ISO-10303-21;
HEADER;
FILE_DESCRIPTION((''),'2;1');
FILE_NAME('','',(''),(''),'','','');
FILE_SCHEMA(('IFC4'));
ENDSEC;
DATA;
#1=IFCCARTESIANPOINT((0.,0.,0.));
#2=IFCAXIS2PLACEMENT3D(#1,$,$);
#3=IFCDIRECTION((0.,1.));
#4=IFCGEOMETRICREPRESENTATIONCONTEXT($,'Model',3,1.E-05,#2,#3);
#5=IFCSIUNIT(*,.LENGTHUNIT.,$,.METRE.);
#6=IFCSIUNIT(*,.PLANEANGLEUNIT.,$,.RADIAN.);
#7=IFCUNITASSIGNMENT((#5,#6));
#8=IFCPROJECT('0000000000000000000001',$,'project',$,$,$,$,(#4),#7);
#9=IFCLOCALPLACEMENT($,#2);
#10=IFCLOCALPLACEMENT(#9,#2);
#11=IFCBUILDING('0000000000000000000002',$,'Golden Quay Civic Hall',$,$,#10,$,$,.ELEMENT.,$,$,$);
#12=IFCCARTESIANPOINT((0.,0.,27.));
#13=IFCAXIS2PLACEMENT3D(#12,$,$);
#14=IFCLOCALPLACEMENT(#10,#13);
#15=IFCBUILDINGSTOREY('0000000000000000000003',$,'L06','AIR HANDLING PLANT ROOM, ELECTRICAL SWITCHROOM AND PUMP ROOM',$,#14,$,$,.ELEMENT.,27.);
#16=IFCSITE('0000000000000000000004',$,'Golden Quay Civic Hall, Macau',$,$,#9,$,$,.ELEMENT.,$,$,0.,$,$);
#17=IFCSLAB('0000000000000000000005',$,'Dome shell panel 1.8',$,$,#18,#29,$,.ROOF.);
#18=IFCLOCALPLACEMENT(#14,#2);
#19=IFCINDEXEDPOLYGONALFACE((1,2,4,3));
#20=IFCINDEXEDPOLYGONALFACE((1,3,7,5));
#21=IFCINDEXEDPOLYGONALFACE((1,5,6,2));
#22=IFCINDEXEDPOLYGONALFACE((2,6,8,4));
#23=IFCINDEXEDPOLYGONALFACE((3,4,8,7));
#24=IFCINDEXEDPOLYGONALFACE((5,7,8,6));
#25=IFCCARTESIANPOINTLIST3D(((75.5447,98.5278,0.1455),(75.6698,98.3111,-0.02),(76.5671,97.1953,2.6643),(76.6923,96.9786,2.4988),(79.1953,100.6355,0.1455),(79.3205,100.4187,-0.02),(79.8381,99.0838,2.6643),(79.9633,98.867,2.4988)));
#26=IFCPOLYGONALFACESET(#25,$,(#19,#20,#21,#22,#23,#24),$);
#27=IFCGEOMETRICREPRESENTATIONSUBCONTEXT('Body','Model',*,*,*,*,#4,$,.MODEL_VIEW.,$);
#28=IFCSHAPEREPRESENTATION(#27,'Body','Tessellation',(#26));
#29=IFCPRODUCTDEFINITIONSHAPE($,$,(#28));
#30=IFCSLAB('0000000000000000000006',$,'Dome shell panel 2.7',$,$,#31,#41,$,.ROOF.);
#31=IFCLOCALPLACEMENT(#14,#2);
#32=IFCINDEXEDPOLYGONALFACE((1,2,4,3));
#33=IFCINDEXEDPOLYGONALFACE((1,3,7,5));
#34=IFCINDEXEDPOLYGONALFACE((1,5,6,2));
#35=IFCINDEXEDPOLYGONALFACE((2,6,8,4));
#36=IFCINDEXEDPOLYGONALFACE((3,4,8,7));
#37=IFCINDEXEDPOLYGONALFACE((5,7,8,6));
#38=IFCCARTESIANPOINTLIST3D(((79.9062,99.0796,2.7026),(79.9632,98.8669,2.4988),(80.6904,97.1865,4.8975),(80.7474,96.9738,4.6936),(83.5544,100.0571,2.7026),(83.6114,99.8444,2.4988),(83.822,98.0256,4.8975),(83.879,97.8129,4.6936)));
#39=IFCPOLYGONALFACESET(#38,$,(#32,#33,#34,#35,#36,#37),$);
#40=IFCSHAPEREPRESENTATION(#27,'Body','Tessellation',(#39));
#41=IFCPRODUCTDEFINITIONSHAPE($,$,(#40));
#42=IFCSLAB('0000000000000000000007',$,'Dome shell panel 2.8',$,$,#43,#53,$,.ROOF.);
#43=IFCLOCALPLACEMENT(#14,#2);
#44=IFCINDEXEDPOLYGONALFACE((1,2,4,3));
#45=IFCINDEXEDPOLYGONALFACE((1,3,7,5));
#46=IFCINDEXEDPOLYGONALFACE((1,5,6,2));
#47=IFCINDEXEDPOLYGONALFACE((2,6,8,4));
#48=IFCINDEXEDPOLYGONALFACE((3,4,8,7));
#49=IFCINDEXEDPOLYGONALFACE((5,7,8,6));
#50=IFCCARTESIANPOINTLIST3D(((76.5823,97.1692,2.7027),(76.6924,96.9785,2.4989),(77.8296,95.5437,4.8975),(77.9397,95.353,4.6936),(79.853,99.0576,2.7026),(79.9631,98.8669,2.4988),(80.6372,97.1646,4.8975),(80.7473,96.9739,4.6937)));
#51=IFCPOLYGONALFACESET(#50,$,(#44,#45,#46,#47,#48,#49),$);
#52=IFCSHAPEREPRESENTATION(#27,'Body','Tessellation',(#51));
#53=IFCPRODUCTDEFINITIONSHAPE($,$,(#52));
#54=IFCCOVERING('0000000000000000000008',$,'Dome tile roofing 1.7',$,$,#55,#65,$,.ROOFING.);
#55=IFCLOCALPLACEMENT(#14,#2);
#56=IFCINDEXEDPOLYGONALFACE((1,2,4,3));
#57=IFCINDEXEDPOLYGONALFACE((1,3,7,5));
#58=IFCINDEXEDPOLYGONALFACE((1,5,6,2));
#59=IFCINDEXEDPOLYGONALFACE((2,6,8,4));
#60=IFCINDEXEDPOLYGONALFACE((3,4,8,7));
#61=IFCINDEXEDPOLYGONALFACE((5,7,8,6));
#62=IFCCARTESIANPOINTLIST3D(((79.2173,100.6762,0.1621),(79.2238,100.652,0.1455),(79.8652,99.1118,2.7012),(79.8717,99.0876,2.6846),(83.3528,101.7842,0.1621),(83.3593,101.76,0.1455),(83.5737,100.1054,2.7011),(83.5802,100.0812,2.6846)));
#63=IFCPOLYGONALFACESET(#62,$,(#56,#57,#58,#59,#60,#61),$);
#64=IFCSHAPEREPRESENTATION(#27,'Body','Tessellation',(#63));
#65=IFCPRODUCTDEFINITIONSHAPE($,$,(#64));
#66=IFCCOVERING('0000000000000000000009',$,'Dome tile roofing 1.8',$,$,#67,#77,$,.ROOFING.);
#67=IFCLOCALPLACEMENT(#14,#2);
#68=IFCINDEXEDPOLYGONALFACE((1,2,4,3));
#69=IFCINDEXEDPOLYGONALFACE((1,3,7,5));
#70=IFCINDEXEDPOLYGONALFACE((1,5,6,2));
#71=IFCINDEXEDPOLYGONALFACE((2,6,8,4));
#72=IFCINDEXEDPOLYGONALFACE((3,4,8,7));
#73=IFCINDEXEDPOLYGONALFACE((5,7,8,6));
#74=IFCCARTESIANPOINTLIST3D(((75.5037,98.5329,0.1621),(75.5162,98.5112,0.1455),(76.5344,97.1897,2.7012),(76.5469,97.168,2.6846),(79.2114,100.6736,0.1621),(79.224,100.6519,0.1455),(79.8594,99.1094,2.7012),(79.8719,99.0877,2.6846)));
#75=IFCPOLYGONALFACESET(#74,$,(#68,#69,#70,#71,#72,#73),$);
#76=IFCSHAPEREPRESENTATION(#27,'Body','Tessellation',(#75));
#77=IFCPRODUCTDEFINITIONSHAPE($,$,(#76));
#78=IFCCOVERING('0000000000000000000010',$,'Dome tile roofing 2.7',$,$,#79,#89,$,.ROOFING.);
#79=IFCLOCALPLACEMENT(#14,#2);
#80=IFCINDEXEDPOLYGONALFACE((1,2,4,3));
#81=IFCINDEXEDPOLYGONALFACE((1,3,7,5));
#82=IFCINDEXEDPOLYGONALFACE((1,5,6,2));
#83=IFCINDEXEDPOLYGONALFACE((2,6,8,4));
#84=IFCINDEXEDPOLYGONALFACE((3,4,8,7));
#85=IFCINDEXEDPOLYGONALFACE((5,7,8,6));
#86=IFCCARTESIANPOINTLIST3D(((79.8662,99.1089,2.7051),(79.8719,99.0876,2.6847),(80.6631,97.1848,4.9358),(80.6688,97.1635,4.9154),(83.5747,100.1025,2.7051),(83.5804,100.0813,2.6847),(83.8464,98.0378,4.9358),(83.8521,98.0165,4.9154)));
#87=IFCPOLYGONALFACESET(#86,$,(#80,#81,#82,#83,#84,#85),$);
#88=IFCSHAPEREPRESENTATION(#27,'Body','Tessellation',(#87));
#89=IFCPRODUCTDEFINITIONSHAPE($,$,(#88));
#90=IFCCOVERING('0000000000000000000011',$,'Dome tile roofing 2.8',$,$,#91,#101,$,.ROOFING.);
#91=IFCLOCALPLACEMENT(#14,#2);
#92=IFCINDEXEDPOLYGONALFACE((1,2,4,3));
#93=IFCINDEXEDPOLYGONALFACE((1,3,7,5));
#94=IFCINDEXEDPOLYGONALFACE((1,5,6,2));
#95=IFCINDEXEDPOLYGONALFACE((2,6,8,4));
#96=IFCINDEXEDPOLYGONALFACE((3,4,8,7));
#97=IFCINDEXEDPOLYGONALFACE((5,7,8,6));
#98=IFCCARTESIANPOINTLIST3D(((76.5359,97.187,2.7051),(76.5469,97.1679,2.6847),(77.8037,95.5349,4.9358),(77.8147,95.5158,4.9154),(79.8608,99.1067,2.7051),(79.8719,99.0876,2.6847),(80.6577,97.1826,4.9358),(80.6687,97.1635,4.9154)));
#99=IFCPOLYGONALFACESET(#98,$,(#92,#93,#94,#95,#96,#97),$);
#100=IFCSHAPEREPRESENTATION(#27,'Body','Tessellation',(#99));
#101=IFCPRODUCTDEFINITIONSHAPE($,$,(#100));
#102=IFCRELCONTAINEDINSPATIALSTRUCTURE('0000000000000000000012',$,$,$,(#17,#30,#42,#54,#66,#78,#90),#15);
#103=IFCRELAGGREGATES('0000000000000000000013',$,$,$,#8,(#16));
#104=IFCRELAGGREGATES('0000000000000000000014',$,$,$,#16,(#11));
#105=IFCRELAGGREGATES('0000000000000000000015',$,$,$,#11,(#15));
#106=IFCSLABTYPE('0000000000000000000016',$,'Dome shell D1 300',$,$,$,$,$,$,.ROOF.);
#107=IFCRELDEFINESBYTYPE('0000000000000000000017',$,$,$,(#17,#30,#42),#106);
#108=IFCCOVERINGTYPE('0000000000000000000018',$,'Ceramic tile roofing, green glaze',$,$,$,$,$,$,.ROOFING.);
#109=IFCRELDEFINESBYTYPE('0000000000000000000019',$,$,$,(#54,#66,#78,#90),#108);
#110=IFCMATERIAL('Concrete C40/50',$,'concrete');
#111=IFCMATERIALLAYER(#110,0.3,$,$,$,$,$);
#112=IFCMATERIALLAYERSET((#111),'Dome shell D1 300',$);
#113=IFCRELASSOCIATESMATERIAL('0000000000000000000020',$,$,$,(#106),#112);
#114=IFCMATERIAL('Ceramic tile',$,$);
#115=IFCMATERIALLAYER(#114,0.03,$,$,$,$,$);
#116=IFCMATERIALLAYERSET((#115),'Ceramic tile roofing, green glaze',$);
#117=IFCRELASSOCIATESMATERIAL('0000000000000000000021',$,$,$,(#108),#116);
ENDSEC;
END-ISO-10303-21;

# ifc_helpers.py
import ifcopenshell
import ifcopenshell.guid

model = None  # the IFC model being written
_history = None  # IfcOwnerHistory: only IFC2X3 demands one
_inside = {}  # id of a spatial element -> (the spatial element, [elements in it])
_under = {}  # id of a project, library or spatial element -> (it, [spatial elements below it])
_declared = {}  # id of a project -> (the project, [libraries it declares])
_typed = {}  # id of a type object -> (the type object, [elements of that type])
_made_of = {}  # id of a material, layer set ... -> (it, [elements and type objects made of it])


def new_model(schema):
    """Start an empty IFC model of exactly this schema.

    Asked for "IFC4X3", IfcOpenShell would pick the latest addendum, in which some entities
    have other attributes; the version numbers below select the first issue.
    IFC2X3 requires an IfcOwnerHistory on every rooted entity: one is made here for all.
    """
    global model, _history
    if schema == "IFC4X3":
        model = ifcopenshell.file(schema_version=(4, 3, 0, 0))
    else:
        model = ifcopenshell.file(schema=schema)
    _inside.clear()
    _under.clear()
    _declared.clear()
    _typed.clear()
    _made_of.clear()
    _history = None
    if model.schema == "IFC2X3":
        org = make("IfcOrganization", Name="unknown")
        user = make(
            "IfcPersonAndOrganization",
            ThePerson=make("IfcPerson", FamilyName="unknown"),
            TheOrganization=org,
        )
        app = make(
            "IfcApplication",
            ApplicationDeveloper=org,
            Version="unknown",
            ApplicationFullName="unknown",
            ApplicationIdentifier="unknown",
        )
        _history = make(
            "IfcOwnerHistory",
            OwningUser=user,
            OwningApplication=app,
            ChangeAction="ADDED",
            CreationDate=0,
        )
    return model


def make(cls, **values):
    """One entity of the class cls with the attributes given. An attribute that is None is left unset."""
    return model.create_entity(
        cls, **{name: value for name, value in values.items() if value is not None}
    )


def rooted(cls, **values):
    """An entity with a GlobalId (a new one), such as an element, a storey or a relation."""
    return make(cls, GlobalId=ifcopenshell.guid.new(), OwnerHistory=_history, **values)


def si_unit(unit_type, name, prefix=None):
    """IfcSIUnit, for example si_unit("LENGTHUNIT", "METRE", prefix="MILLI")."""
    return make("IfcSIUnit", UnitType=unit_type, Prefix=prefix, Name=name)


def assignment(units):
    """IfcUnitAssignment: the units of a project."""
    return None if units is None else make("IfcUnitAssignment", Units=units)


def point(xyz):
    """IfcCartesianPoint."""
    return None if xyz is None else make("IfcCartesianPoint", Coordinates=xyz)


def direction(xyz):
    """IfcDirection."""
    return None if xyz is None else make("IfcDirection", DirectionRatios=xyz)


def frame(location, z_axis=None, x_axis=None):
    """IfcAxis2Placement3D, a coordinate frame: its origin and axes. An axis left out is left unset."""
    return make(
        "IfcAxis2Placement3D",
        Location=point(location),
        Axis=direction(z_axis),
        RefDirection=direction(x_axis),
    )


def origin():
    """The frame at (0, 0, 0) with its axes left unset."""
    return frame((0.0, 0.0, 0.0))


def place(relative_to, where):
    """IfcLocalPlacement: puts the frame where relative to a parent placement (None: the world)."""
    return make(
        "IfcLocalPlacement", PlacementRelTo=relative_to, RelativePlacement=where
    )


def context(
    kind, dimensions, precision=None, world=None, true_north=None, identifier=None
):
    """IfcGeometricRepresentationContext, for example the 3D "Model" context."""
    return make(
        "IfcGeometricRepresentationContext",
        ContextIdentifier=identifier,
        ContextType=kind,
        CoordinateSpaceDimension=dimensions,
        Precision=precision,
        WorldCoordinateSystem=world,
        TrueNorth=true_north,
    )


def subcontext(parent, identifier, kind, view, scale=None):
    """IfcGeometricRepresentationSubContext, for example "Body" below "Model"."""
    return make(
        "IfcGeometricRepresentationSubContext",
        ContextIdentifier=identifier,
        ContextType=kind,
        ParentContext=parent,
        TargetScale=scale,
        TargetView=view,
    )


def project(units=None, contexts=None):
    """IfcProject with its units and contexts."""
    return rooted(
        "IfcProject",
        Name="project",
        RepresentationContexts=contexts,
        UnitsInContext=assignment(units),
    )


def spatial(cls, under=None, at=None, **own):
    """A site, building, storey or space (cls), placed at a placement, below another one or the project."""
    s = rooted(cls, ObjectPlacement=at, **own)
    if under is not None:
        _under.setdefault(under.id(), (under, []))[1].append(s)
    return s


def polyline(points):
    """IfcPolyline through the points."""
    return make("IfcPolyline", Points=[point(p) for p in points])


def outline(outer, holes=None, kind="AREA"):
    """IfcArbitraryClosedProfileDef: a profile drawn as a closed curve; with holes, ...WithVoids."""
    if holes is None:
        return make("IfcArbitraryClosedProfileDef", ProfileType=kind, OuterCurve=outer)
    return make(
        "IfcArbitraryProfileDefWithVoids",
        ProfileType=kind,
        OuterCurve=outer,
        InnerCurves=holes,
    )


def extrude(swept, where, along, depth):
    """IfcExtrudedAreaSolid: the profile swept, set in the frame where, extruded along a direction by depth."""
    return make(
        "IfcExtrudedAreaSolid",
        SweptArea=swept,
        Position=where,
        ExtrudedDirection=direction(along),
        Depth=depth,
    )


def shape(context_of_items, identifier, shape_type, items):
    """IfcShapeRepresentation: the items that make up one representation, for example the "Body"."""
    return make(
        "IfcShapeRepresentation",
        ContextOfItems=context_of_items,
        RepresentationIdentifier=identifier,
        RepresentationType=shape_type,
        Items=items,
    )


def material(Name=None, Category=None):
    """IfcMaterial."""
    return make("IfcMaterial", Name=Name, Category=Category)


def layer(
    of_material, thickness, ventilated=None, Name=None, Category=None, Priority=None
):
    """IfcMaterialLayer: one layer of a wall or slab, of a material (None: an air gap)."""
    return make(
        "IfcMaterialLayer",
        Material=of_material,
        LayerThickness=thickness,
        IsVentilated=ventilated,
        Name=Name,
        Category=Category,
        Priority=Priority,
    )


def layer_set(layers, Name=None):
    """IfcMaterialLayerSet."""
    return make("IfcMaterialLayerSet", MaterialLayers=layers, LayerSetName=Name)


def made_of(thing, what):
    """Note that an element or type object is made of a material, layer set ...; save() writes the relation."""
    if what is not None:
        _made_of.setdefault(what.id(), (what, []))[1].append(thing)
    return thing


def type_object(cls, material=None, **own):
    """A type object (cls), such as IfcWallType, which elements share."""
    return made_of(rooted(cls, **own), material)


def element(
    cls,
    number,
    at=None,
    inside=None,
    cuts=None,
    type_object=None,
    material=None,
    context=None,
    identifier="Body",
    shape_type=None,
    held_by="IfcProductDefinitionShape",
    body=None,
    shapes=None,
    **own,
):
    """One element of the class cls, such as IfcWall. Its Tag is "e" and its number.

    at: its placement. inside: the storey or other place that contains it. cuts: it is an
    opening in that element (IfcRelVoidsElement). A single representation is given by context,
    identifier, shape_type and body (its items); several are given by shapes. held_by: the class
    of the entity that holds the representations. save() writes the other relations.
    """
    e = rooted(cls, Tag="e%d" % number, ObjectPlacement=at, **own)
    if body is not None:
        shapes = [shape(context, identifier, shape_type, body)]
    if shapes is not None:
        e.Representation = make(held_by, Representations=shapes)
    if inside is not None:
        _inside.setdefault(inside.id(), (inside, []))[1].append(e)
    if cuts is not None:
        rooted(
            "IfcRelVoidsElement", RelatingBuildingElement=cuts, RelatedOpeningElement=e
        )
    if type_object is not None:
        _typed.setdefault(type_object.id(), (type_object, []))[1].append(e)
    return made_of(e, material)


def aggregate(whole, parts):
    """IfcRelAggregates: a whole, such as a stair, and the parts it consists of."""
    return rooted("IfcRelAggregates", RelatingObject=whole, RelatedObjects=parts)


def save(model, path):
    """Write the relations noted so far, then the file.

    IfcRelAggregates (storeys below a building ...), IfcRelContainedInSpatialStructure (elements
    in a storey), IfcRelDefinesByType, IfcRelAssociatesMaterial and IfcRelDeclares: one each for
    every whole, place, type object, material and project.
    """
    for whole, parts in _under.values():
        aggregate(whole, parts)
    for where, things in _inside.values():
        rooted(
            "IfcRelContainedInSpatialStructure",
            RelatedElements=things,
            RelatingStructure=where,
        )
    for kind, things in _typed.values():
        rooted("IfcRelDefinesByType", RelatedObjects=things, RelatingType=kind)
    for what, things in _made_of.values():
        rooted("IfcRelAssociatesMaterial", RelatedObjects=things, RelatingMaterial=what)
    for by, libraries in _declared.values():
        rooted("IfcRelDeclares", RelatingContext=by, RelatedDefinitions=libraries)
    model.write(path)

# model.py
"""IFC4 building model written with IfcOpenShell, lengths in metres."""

from ifc_helpers import new_model, si_unit, direction, frame, origin, place, context, subcontext, project, spatial, polyline, outline, extrude, material, layer, layer_set, type_object, element, save


model = new_model("IFC4")

# Units and contexts
model_context = context("Model", 3, precision=1e-05, world=origin(), true_north=direction((0.0, 1.0)))
body_context = subcontext(model_context, "Body", "Model", "MODEL_VIEW")
ifc_project = project(units=[si_unit("LENGTHUNIT", "METRE"), si_unit("PLANEANGLEUNIT", "RADIAN")], contexts=[model_context])

# Site, building, storey
site_placement = place(None, origin())
site = spatial("IfcSite", under=ifc_project, at=site_placement, Name="Golden Quay Civic Hall, Macau", CompositionType="ELEMENT", RefElevation=0.0)
building_placement = place(site_placement, origin())
building = spatial("IfcBuilding", under=site, at=building_placement, Name="Golden Quay Civic Hall", CompositionType="ELEMENT")
storey_placement = place(building_placement, frame((0.0, 0.0, 27.0)))
storey = spatial("IfcBuildingStorey", under=building, at=storey_placement, Name="L06", Description="AIR HANDLING PLANT ROOM, ELECTRICAL SWITCHROOM AND PUMP ROOM", CompositionType="ELEMENT", Elevation=27.0)

# Slabs
ifc_material_1 = material(Name="Concrete C40/50", Category="concrete")
ifc_layer_1 = layer(ifc_material_1, 0.3)
ifc_layer_set_1 = layer_set([ifc_layer_1], Name="Dome shell D1 300")
slab_type = type_object("IfcSlabType", Name="Dome shell D1 300", PredefinedType="ROOF", material=ifc_layer_set_1)
slab_1_placement = place(storey_placement, frame((79.1953, 100.6355, 0.1455), z_axis=(-0.417079, 0.722423, 0.551498), x_axis=(-0.866031, -0.499991, 0.000003)))
element("IfcSlab", 1, at=slab_1_placement, inside=storey, type_object=slab_type, Name="Dome shell panel 1.8", PredefinedType="ROOF", context=body_context, shape_type="SweptSolid", body=[
    extrude(outline(polyline([(0.0, 0.0), (4.2154, 0.0), (3.9961, 3.0195), (0.2192, 3.0195), (0.0, 0.0)])), origin(), (0.0, 0.0, -1.0), 0.3),
])
slab_2_placement = place(storey_placement, frame((83.5544, 100.0571, 2.7026), z_axis=(-0.189944, 0.708874, 0.679278), x_axis=(-0.965925, -0.258821, 0.0)))
element("IfcSlab", 2, at=slab_2_placement, inside=storey, type_object=slab_type, Name="Dome shell panel 2.7", PredefinedType="ROOF", context=body_context, shape_type="SweptSolid", body=[
    extrude(outline(polyline([(0.0, 0.0), (3.7769, 0.0), (3.5094, 2.9907), (0.2673, 2.9907), (0.0, 0.0)])), origin(), (0.0, 0.0, -1.0), 0.3),
])
slab_3_placement = place(storey_placement, frame((79.853, 99.0576, 2.7026), z_axis=(-0.366941, 0.635573, 0.679265), x_axis=(-0.866025, -0.500001, 0.000011)))
element("IfcSlab", 3, at=slab_3_placement, inside=storey, type_object=slab_type, Name="Dome shell panel 2.8", PredefinedType="ROOF", context=body_context, shape_type="SweptSolid", body=[
    extrude(outline(polyline([(0.0, 0.0), (3.7768, 0.0), (3.5093, 2.9906), (0.2674, 2.9907), (0.0, 0.0)])), origin(), (0.0, 0.0, -1.0), 0.3),
])

# Coverings
ifc_material_2 = material(Name="Ceramic tile")
ifc_layer_2 = layer(ifc_material_2, 0.03)
ifc_layer_set_2 = layer_set([ifc_layer_2], Name="Ceramic tile roofing, green glaze")
covering_type = type_object("IfcCoveringType", Name="Ceramic tile roofing, green glaze", PredefinedType="ROOFING", material=ifc_layer_set_2)
covering_1_placement = place(storey_placement, frame((83.3528, 101.7842, 0.1621), z_axis=(-0.215874, 0.80574, 0.551526), x_axis=(-0.965934, -0.258788, -0.000008)))
element("IfcCovering", 4, at=covering_1_placement, inside=storey, type_object=covering_type, Name="Dome tile roofing 1.7", PredefinedType="ROOFING", context=body_context, shape_type="SweptSolid", body=[
    extrude(outline(polyline([(0.0, 0.0), (4.2813, 0.0), (4.0603, 3.0439), (0.221, 3.0438), (0.0, 0.0)])), origin(), (0.0, 0.0, -1.0), 0.03),
])
covering_2_placement = place(storey_placement, frame((79.2114, 100.6736, 0.1621), z_axis=(-0.417085, 0.722419, 0.551498), x_axis=(-0.866028, -0.499995, -0.000003)))
element("IfcCovering", 5, at=covering_2_placement, inside=storey, type_object=covering_type, Name="Dome tile roofing 1.8", PredefinedType="ROOFING", context=body_context, shape_type="SweptSolid", body=[
    extrude(outline(polyline([(0.0, 0.0), (4.2813, 0.0), (4.0603, 3.0438), (0.2209, 3.0438), (0.0, 0.0)])), origin(), (0.0, 0.0, -1.0), 0.03),
])
covering_3_placement = place(storey_placement, frame((83.5747, 100.1025, 2.7051), z_axis=(-0.189945, 0.708878, 0.679273), x_axis=(-0.965927, -0.258816, -0.000006)))
element("IfcCovering", 6, at=covering_3_placement, inside=storey, type_object=covering_type, Name="Dome tile roofing 2.7", PredefinedType="ROOFING", context=body_context, shape_type="SweptSolid", body=[
    extrude(outline(polyline([(0.0, 0.0), (3.8393, 0.0), (3.5676, 3.0396), (0.2719, 3.0396), (0.0, 0.0)])), origin(), (0.0, 0.0, -1.0), 0.03),
])
covering_4_placement = place(storey_placement, frame((79.8608, 99.1067, 2.7051), z_axis=(-0.366941, 0.635567, 0.679271), x_axis=(-0.866026, -0.499999, 0.000004)))
element("IfcCovering", 7, at=covering_4_placement, inside=storey, type_object=covering_type, Name="Dome tile roofing 2.8", PredefinedType="ROOFING", context=body_context, shape_type="SweptSolid", body=[
    extrude(outline(polyline([(0.0, 0.0), (3.8393, 0.0), (3.5674, 3.0396), (0.2719, 3.0396), (0.0, 0.0)])), origin(), (0.0, 0.0, -1.0), 0.03),
])

save(model, "model.ifc")
